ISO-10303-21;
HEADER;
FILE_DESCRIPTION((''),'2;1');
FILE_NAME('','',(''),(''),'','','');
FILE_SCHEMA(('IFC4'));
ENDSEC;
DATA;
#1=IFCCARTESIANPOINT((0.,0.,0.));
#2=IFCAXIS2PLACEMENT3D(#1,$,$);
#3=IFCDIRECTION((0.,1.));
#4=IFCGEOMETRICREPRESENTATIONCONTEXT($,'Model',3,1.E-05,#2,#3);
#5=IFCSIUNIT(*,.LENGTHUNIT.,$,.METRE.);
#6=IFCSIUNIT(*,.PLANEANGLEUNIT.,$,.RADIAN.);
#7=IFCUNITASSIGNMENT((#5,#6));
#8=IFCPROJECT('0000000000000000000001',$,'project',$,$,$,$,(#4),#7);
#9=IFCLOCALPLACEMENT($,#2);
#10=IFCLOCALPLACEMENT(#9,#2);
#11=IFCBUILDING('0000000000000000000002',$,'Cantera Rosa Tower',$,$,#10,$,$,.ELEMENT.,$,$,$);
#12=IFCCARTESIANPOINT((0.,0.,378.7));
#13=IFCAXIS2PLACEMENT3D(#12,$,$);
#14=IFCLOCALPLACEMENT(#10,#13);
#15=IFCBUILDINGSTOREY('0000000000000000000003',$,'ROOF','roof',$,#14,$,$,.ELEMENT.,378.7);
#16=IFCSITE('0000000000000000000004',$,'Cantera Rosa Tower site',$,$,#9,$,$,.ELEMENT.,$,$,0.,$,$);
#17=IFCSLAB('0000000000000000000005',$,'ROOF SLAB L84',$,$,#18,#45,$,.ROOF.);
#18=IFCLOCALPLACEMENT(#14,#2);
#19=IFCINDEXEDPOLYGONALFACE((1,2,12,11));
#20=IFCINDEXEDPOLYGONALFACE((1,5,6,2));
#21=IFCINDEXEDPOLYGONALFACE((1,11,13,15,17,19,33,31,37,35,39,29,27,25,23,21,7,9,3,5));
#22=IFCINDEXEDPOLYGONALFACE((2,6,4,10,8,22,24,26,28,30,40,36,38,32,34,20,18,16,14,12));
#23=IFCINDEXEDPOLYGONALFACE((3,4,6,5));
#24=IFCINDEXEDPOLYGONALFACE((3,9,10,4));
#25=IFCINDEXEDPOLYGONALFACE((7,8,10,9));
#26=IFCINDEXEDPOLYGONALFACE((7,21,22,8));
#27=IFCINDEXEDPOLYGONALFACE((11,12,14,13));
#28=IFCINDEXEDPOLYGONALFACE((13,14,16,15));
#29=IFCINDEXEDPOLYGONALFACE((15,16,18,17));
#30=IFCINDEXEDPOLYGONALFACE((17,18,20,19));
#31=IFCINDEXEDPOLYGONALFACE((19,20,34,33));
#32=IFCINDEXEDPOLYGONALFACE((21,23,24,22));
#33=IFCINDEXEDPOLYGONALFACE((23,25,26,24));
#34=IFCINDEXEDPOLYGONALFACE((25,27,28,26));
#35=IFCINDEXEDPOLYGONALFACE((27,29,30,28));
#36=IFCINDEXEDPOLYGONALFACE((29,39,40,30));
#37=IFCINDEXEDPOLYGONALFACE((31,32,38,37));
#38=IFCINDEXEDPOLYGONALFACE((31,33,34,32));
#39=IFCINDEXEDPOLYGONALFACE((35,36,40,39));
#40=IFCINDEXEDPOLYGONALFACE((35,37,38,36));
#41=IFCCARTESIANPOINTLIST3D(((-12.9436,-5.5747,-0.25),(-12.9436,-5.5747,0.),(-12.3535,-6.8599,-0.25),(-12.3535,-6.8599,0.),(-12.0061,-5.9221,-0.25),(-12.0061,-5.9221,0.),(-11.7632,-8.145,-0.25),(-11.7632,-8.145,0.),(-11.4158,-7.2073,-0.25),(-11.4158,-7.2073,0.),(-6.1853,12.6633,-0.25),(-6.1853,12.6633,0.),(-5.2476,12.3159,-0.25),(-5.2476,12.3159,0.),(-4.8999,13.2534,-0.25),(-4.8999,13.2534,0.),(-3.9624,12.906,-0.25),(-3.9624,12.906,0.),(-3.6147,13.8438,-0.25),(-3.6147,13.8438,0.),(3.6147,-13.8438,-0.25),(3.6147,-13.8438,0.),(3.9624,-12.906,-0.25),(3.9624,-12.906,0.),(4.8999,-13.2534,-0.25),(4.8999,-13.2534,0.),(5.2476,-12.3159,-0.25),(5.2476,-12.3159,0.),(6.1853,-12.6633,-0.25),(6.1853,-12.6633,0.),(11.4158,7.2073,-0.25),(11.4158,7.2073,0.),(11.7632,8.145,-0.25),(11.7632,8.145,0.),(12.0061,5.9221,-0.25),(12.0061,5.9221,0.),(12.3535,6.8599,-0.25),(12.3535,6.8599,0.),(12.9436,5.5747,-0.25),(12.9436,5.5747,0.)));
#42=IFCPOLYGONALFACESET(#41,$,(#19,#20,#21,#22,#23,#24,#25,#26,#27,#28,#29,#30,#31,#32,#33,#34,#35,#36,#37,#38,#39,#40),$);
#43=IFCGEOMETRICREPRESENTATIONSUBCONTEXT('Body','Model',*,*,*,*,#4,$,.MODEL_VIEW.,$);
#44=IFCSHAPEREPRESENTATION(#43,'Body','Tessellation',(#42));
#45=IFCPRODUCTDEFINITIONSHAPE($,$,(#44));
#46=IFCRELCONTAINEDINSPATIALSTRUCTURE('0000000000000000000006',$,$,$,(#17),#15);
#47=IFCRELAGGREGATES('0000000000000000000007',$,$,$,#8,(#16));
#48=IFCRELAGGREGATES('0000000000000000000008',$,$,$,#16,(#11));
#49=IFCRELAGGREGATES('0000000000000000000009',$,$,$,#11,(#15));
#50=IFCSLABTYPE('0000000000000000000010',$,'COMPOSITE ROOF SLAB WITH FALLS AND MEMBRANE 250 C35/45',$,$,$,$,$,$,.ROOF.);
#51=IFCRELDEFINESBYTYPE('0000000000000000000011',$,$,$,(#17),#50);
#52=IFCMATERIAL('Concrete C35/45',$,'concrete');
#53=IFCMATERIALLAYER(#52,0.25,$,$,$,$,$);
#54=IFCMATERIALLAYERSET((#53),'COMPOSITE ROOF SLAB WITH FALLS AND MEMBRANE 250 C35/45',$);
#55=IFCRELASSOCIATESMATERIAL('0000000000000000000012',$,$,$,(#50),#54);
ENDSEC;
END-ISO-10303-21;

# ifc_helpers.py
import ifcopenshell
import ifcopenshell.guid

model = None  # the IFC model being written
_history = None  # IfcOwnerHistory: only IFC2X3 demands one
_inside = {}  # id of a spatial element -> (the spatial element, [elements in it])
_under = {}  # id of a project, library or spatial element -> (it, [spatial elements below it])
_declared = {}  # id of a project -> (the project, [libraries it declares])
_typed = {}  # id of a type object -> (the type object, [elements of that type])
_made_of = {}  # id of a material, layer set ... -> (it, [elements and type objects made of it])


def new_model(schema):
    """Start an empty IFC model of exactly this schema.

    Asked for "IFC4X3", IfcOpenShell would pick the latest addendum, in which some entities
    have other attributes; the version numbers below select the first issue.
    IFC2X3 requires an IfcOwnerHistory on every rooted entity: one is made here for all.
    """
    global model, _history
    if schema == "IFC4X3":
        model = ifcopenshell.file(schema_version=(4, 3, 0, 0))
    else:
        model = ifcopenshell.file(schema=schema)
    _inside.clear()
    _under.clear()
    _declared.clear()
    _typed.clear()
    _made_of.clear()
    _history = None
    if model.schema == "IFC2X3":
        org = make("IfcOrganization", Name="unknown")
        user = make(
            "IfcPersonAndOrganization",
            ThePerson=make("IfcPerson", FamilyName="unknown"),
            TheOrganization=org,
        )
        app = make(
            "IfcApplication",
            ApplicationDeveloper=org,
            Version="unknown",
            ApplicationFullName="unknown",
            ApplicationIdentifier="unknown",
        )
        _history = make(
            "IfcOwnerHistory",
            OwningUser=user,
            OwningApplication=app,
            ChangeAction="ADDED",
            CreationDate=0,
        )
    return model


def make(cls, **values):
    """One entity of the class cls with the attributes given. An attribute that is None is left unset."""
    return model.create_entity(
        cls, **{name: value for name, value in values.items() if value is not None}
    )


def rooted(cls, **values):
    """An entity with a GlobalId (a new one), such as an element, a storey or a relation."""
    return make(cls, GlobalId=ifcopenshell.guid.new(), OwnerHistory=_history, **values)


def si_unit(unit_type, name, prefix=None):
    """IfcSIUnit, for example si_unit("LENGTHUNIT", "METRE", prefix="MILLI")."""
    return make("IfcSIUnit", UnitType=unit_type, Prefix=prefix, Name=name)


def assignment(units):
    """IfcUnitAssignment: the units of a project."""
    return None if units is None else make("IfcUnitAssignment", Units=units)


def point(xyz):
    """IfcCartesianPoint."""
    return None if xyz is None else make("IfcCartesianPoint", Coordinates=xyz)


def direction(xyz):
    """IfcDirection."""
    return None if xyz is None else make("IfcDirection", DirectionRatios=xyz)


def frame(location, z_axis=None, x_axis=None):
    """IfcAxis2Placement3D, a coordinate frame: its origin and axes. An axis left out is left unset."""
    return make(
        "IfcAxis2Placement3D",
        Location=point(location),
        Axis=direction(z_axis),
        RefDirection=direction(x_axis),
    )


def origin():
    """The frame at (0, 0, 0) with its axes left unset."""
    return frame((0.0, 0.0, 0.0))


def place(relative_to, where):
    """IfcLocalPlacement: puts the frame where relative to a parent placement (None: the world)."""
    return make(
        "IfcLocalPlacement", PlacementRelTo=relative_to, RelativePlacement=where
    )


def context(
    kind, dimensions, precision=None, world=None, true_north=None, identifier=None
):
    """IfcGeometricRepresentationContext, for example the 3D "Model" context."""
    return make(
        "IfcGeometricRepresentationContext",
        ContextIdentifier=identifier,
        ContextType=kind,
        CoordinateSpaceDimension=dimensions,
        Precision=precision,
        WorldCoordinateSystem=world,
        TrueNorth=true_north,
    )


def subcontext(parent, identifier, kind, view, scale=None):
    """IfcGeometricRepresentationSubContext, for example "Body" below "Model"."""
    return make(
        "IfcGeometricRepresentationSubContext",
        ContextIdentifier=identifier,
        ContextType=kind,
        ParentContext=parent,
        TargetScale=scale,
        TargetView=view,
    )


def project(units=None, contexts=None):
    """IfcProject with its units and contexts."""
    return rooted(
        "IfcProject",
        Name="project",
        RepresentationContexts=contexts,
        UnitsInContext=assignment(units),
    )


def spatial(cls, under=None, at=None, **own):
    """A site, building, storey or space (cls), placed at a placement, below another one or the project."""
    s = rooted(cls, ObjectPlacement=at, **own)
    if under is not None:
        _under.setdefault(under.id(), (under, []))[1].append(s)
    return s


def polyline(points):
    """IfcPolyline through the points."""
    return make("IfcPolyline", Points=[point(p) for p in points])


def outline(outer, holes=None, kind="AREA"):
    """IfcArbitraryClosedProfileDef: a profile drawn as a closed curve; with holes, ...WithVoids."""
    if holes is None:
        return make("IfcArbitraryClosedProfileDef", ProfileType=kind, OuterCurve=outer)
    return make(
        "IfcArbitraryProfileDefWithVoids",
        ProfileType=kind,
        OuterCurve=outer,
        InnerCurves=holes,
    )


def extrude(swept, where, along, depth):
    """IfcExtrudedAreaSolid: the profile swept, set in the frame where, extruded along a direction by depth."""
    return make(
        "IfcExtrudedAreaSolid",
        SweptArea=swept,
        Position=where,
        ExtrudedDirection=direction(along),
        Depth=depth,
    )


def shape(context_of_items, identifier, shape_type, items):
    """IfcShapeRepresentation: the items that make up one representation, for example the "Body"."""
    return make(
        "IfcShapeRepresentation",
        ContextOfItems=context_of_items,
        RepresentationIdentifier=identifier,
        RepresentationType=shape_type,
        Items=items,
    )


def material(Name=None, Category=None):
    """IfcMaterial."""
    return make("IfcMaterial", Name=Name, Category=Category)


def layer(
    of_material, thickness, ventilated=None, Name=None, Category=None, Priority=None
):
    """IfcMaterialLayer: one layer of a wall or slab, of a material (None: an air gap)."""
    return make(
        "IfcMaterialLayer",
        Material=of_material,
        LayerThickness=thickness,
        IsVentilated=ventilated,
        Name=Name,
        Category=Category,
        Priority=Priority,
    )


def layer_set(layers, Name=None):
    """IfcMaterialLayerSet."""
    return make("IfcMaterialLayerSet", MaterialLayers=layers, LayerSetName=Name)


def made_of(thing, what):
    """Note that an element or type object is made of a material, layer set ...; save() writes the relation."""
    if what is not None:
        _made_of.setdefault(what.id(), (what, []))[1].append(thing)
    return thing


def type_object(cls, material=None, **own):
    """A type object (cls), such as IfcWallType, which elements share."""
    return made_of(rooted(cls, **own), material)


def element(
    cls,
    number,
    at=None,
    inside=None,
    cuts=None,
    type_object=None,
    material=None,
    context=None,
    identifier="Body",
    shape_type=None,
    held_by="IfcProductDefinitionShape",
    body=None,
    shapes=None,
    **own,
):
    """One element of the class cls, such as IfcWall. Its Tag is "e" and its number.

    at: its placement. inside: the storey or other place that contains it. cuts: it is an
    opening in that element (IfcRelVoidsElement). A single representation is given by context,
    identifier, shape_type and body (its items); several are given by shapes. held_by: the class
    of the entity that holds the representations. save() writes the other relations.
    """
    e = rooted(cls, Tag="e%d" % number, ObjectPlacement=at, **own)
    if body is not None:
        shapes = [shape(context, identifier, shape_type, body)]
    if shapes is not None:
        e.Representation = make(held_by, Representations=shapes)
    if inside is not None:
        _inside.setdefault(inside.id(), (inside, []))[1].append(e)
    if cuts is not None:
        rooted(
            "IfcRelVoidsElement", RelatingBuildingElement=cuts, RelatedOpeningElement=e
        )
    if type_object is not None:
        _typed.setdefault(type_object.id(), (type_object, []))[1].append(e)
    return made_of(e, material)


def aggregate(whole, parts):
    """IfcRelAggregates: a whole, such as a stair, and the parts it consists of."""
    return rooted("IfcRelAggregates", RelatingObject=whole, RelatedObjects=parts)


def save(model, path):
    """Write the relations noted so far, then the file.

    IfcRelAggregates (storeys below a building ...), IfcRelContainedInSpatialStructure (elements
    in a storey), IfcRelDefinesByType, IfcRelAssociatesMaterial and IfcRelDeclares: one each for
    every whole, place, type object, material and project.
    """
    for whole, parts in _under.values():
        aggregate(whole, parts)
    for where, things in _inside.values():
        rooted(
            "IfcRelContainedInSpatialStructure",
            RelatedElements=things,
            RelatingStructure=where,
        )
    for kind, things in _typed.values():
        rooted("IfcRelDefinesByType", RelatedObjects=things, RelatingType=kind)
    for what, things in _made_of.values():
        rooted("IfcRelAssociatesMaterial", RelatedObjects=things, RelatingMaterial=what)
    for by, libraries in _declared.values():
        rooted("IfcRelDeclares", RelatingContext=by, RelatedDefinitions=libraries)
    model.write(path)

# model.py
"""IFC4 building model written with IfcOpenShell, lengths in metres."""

from ifc_helpers import new_model, si_unit, direction, frame, origin, place, context, subcontext, project, spatial, polyline, outline, extrude, material, layer, layer_set, type_object, element, save


model = new_model("IFC4")

# Units and contexts
model_context = context("Model", 3, precision=1e-05, world=origin(), true_north=direction((0.0, 1.0)))
body_context = subcontext(model_context, "Body", "Model", "MODEL_VIEW")
ifc_project = project(units=[si_unit("LENGTHUNIT", "METRE"), si_unit("PLANEANGLEUNIT", "RADIAN")], contexts=[model_context])

# Site, building, storey
site_placement = place(None, origin())
site = spatial("IfcSite", under=ifc_project, at=site_placement, Name="Cantera Rosa Tower site", CompositionType="ELEMENT", RefElevation=0.0)
building_placement = place(site_placement, origin())
building = spatial("IfcBuilding", under=site, at=building_placement, Name="Cantera Rosa Tower", CompositionType="ELEMENT")
storey_placement = place(building_placement, frame((0.0, 0.0, 378.7)))
storey = spatial("IfcBuildingStorey", under=building, at=storey_placement, Name="ROOF", Description="roof", CompositionType="ELEMENT", Elevation=378.7)

# Slab
ifc_material = material(Name="Concrete C35/45", Category="concrete")
ifc_layer = layer(ifc_material, 0.25)
ifc_layer_set = layer_set([ifc_layer], Name="COMPOSITE ROOF SLAB WITH FALLS AND MEMBRANE 250 C35/45")
slab_type = type_object("IfcSlabType", Name="COMPOSITE ROOF SLAB WITH FALLS AND MEMBRANE 250 C35/45", PredefinedType="ROOF", material=ifc_layer_set)
slab_placement = place(storey_placement, frame((0.0, 0.0, -0.25)))
element("IfcSlab", 1, at=slab_placement, inside=storey, type_object=slab_type, Name="ROOF SLAB L84", PredefinedType="ROOF", context=body_context, shape_type="SweptSolid", body=[
    extrude(outline(polyline([(11.7632, 8.145), (-3.6147, 13.8438), (-3.9624, 12.906), (-4.8999, 13.2534), (-5.2476, 12.3159), (-6.1853, 12.6633), (-12.9436, -5.5747), (-12.0061, -5.9221), (-12.3535, -6.8599), (-11.4158, -7.2073), (-11.7632, -8.145), (3.6147, -13.8438), (3.9624, -12.906), (4.8999, -13.2534), (5.2476, -12.3159), (6.1853, -12.6633), (12.9436, 5.5747), (12.0061, 5.9221), (12.3535, 6.8599), (11.4158, 7.2073), (11.7632, 8.145)])), origin(), (0.0, 0.0, 1.0), 0.25),
])

save(model, "model.ifc")
